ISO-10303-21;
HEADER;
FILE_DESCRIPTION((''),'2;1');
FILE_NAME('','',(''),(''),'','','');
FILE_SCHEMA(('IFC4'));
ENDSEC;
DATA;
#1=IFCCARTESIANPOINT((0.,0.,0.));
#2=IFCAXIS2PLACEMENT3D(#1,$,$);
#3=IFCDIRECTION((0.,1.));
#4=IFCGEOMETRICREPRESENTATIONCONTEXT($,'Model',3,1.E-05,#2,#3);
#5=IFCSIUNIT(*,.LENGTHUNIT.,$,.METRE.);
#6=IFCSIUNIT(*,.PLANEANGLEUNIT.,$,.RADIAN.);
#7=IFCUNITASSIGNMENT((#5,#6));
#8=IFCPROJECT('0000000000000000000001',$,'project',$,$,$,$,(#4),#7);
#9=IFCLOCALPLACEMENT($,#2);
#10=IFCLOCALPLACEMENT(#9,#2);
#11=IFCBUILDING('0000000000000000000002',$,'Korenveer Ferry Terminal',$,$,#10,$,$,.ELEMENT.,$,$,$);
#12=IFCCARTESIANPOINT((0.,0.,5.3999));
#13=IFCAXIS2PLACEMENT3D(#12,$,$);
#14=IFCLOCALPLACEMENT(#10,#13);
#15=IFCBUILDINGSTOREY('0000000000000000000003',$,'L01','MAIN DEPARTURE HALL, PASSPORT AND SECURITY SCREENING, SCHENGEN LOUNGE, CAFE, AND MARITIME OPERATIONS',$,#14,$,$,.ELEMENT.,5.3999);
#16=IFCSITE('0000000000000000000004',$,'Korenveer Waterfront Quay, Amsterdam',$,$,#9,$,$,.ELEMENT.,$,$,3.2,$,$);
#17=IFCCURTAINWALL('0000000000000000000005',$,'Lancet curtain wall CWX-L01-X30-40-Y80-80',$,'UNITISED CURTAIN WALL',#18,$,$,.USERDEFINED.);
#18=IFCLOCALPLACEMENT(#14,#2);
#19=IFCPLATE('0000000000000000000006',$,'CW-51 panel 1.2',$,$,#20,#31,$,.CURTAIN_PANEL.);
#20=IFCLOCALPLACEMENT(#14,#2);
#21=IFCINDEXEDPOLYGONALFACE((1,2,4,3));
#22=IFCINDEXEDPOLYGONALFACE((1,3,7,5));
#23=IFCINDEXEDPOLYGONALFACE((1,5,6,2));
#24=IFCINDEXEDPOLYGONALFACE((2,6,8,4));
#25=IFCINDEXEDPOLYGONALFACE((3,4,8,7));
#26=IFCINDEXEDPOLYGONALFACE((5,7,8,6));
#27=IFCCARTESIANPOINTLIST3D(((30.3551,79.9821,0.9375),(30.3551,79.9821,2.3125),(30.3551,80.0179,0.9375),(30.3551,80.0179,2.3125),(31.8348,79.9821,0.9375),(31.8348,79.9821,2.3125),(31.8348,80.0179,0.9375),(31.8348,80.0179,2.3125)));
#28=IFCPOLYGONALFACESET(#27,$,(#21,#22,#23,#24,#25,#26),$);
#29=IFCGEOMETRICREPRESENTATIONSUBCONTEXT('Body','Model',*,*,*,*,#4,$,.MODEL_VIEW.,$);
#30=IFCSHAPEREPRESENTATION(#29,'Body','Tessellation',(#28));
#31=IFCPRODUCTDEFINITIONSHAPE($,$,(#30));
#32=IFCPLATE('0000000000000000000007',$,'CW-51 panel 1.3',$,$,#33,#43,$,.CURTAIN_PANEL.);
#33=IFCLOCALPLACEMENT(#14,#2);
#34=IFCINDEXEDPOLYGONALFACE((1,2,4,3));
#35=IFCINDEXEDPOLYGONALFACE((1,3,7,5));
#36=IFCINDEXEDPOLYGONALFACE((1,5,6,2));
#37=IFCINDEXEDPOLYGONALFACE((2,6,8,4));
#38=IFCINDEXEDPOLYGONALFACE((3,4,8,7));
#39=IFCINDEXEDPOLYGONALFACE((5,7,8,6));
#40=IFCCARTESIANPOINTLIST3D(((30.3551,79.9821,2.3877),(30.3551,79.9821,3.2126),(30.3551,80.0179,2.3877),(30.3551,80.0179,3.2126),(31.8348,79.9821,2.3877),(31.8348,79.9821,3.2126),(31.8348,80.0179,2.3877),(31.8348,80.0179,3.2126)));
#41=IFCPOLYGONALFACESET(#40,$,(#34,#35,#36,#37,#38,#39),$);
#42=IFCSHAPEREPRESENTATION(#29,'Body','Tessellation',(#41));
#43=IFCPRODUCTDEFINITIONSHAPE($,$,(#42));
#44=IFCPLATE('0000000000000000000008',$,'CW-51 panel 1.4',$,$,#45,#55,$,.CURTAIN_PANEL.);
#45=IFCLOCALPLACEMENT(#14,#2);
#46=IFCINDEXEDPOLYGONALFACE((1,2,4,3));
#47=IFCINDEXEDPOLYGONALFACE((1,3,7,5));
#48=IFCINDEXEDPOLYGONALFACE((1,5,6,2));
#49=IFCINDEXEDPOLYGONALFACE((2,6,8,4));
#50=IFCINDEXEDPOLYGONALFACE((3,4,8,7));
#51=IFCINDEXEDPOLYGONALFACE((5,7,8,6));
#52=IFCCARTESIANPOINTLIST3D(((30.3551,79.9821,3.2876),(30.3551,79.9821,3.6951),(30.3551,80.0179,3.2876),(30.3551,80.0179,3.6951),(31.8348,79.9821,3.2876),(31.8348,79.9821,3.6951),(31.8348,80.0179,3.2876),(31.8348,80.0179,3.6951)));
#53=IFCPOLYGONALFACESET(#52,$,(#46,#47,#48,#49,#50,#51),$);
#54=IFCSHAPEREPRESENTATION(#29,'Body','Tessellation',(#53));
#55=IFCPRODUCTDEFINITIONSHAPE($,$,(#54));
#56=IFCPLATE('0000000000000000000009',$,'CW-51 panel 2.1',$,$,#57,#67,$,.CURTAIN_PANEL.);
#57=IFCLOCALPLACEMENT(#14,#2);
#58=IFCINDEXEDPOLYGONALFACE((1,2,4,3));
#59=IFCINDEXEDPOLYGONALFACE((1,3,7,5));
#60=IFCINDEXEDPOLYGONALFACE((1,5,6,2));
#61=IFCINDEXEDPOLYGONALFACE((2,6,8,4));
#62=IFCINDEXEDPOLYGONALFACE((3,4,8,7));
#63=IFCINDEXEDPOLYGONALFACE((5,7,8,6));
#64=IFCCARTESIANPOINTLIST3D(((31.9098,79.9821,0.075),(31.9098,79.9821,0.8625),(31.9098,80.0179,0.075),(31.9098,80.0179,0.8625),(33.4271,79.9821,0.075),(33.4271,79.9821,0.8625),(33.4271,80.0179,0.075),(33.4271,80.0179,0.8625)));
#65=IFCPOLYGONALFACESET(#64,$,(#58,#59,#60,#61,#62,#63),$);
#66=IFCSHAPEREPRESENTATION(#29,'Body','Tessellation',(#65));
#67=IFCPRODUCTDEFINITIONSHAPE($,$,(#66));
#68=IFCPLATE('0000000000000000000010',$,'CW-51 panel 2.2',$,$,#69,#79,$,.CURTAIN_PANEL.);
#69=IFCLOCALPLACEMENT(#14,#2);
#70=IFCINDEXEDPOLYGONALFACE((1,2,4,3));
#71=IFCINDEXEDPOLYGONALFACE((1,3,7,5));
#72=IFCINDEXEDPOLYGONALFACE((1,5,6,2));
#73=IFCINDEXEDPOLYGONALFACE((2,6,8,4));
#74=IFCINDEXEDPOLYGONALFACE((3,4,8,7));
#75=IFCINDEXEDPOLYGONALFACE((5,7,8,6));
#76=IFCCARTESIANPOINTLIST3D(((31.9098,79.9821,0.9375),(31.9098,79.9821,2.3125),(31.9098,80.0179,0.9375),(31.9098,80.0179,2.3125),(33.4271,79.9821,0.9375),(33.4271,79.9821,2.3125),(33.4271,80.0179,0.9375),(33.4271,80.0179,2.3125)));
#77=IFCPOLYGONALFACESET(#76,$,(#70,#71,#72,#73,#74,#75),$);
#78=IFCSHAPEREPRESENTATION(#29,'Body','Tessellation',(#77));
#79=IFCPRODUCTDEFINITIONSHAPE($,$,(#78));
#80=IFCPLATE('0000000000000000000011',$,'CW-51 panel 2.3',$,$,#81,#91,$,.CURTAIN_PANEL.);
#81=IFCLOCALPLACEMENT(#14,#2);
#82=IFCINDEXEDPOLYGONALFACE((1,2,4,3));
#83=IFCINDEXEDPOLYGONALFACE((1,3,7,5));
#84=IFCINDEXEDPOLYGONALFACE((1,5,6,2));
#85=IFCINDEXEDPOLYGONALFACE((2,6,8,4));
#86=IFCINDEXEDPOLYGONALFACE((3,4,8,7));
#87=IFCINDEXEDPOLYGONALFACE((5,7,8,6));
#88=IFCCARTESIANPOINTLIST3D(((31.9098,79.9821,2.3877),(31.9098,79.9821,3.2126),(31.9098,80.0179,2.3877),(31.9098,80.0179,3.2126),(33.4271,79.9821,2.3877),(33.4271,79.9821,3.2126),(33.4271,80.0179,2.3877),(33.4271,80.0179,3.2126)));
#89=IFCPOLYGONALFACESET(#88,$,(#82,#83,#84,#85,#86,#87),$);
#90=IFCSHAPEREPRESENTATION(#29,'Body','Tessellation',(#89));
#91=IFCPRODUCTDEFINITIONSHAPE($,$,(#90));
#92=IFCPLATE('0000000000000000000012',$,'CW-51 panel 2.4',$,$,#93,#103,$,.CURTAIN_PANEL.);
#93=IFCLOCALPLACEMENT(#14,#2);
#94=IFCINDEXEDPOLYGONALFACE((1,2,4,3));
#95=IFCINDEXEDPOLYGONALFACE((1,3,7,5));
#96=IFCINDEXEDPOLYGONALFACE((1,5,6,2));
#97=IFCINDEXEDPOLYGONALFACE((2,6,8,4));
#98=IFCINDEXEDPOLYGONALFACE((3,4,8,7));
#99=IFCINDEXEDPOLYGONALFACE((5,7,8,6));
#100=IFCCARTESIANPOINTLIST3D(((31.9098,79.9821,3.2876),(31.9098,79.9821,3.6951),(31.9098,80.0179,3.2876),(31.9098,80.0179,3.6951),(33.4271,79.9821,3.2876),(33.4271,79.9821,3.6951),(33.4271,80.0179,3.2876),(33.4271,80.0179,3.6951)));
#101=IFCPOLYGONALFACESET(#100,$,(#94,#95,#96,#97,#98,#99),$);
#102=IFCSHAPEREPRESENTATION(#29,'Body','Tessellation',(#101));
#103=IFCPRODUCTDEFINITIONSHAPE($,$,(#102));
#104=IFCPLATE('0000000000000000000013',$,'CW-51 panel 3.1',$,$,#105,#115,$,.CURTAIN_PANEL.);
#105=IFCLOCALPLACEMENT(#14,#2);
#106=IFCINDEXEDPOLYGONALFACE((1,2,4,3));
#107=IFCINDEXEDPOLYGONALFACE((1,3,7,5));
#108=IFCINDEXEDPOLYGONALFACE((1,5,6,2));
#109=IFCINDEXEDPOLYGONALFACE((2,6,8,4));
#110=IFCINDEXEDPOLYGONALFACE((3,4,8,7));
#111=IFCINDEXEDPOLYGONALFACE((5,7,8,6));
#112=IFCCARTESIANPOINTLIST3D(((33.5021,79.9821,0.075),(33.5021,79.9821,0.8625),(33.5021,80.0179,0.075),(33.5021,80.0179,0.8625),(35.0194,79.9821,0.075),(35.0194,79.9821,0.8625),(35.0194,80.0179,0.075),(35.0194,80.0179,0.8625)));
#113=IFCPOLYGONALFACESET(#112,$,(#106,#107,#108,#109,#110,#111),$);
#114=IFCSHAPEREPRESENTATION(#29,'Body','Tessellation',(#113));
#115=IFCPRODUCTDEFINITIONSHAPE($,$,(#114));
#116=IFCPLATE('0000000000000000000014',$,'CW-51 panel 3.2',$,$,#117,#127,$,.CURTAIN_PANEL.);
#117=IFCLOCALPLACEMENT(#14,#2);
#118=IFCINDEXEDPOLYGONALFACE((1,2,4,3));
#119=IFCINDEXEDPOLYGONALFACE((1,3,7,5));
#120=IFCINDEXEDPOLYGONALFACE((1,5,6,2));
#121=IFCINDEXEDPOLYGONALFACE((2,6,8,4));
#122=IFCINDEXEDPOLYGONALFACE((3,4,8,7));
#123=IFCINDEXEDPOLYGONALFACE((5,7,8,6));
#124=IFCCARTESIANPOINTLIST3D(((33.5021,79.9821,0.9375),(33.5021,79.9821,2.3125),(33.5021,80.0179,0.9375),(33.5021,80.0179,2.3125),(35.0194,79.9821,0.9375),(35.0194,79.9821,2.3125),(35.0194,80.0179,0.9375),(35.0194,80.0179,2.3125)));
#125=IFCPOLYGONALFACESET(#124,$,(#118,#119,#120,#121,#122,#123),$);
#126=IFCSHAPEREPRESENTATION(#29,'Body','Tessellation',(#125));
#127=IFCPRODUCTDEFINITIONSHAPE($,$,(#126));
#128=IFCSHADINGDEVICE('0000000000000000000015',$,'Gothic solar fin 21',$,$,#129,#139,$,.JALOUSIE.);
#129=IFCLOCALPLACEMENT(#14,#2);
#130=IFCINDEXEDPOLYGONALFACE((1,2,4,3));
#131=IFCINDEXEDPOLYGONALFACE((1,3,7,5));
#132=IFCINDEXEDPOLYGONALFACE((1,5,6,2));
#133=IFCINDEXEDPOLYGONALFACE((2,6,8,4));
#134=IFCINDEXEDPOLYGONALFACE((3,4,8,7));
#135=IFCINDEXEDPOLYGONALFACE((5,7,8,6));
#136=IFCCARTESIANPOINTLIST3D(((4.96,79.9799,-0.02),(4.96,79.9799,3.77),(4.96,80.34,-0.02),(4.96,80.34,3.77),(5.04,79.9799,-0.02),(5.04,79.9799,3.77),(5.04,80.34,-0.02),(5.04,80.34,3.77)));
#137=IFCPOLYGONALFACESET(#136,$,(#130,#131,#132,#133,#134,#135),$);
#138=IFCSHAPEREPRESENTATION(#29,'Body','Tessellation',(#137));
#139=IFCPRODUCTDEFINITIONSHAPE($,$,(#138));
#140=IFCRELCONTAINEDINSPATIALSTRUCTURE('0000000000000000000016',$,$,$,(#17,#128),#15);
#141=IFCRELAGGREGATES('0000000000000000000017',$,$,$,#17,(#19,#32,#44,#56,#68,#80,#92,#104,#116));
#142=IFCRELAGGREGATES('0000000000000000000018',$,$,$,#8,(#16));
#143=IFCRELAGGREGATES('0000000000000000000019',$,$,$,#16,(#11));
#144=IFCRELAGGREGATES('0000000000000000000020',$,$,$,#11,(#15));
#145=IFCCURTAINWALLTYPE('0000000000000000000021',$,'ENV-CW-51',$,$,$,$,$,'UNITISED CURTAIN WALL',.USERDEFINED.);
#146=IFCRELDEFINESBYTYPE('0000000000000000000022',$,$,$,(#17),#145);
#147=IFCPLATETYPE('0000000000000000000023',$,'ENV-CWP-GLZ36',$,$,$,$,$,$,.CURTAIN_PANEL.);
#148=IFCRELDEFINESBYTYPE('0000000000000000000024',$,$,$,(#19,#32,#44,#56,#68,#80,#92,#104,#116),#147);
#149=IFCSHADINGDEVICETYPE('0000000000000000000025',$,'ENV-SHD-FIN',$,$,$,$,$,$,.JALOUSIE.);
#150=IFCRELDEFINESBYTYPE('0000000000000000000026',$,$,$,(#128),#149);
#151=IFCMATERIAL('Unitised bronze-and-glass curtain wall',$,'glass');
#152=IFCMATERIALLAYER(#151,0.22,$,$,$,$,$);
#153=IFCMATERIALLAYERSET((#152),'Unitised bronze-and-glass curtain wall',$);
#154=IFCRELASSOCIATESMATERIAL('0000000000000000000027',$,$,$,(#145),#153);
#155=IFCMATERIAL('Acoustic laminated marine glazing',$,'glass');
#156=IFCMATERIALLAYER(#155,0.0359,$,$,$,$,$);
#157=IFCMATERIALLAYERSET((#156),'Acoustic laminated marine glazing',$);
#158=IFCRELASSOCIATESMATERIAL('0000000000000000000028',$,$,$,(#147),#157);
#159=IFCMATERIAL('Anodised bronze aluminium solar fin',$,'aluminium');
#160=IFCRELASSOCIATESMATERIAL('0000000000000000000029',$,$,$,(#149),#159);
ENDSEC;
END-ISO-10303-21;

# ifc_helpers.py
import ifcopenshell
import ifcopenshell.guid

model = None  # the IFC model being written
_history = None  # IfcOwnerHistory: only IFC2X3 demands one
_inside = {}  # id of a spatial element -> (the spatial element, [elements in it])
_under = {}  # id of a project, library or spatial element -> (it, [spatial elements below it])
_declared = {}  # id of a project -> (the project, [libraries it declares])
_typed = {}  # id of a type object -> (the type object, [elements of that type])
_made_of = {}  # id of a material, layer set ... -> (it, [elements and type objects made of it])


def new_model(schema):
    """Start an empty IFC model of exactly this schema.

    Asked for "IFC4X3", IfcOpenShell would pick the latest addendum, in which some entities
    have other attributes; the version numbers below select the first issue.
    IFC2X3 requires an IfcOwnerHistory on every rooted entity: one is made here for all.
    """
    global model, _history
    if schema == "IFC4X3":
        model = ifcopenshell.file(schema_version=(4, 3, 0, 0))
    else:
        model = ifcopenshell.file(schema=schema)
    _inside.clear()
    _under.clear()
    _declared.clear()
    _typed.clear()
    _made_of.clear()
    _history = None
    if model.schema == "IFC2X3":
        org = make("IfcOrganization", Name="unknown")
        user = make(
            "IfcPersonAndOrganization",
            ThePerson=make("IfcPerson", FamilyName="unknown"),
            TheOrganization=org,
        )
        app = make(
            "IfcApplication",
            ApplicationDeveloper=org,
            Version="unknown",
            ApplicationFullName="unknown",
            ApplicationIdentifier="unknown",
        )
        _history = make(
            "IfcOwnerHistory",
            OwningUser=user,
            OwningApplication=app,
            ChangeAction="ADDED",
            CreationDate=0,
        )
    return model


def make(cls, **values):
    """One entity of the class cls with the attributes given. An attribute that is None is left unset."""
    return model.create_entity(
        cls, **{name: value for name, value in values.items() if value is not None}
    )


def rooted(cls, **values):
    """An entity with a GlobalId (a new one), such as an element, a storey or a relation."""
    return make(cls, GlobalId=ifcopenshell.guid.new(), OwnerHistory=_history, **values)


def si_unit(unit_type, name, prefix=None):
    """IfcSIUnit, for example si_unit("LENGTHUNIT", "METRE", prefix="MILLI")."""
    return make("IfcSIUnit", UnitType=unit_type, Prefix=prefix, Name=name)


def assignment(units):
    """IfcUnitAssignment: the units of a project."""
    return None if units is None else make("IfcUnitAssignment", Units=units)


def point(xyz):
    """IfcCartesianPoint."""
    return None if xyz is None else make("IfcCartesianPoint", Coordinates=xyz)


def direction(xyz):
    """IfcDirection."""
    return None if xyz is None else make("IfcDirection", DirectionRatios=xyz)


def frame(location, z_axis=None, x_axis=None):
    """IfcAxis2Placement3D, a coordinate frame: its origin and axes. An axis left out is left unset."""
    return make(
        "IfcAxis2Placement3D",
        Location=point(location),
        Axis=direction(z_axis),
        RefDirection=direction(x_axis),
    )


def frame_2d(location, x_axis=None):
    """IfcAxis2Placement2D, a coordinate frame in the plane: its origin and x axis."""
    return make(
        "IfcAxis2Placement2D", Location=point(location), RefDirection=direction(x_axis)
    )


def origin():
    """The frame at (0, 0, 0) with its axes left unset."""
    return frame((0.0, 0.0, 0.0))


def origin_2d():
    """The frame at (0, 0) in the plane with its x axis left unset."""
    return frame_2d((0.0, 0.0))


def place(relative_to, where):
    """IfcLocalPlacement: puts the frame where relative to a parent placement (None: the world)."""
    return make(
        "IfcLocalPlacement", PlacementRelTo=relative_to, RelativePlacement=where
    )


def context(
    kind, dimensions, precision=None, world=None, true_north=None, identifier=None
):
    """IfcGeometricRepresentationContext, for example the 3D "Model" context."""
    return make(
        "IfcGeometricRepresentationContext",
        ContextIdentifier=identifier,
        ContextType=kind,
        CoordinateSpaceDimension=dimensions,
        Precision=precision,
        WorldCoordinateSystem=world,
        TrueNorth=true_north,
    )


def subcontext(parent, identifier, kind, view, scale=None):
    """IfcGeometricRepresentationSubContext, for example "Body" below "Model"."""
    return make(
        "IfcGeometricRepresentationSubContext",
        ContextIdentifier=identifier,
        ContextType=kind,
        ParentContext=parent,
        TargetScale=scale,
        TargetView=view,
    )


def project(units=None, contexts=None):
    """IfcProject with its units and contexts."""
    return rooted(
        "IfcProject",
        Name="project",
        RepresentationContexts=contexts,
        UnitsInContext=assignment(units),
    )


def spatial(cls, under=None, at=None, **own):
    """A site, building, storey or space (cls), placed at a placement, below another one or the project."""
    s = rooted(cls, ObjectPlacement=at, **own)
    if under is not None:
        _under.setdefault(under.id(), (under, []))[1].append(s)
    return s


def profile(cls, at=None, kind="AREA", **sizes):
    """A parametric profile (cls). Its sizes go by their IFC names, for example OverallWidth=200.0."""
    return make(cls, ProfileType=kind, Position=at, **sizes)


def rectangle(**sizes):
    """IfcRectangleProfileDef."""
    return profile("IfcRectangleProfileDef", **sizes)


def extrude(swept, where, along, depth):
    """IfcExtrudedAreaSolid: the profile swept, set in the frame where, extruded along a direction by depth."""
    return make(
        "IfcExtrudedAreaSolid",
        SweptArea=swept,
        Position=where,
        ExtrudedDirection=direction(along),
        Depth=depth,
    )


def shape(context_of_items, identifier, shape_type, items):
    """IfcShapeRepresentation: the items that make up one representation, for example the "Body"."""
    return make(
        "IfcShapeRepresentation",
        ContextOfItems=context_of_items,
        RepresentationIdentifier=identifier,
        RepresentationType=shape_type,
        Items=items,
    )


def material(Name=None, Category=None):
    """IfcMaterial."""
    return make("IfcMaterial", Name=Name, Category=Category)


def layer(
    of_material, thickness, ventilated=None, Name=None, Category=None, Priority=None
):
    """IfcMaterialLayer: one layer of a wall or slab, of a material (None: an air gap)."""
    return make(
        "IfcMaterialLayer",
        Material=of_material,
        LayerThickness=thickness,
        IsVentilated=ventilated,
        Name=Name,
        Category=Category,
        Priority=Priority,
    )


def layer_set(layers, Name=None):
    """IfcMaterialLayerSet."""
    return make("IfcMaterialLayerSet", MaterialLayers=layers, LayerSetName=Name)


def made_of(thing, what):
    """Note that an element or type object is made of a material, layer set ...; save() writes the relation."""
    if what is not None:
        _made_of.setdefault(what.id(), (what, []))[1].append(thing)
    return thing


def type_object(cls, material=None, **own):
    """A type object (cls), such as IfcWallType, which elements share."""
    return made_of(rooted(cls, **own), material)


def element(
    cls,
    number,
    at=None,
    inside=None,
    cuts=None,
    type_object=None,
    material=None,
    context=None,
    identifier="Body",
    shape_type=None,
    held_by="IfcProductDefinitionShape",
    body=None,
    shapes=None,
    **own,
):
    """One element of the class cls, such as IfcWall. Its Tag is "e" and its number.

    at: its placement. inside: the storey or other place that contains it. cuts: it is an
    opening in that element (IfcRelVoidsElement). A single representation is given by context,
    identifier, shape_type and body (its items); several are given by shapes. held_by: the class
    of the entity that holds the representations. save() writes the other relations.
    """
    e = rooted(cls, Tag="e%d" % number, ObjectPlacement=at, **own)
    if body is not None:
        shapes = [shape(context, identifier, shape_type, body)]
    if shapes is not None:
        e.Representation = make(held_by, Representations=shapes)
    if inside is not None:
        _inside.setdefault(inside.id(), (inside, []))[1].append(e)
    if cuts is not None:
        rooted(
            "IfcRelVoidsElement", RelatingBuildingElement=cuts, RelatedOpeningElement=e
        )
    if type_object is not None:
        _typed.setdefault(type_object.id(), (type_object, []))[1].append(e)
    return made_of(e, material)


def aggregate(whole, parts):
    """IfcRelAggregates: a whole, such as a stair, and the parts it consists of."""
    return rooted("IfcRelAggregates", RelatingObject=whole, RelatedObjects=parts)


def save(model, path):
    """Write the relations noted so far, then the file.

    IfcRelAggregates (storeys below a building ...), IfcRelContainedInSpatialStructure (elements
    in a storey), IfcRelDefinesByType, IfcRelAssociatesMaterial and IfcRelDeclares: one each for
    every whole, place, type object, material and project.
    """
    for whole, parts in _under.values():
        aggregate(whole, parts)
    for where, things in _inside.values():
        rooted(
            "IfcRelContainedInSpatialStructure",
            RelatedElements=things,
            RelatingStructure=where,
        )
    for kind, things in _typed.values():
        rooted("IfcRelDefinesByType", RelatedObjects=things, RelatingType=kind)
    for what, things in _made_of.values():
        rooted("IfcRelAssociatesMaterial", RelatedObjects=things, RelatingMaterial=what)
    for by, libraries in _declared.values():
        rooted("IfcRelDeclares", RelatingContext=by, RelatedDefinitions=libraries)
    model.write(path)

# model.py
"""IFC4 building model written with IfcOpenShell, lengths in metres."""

from ifc_helpers import new_model, si_unit, direction, frame, origin, origin_2d, place, context, subcontext, project, spatial, rectangle, extrude, material, layer, layer_set, type_object, element, aggregate, save


model = new_model("IFC4")

# Units and contexts
model_context = context("Model", 3, precision=1e-05, world=origin(), true_north=direction((0.0, 1.0)))
body_context = subcontext(model_context, "Body", "Model", "MODEL_VIEW")
ifc_project = project(units=[si_unit("LENGTHUNIT", "METRE"), si_unit("PLANEANGLEUNIT", "RADIAN")], contexts=[model_context])

# Site, building, storey
site_placement = place(None, origin())
site = spatial("IfcSite", under=ifc_project, at=site_placement, Name="Korenveer Waterfront Quay, Amsterdam", CompositionType="ELEMENT", RefElevation=3.2)
building_placement = place(site_placement, origin())
building = spatial("IfcBuilding", under=site, at=building_placement, Name="Korenveer Ferry Terminal", CompositionType="ELEMENT")
storey_placement = place(building_placement, frame((0.0, 0.0, 5.3999)))
storey = spatial("IfcBuildingStorey", under=building, at=storey_placement, Name="L01", Description="MAIN DEPARTURE HALL, PASSPORT AND SECURITY SCREENING, SCHENGEN LOUNGE, CAFE, AND MARITIME OPERATIONS", CompositionType="ELEMENT", Elevation=5.3999)

# Shared definitions
ifc_material_1 = material(Name="Unitised bronze-and-glass curtain wall", Category="glass")

# Curtain wall
ifc_layer_1 = layer(ifc_material_1, 0.22)
ifc_layer_set_1 = layer_set([ifc_layer_1], Name="Unitised bronze-and-glass curtain wall")
curtain_wall_type_1 = type_object("IfcCurtainWallType", Name="ENV-CW-51", ElementType="UNITISED CURTAIN WALL", PredefinedType="USERDEFINED", material=ifc_layer_set_1)
curtain_wall_1_placement = place(storey_placement, frame((30.28, 80.0, 0.0)))
curtain_wall_1 = element("IfcCurtainWall", 1, at=curtain_wall_1_placement, inside=storey, type_object=curtain_wall_type_1, Name="Lancet curtain wall CWX-L01-X30-40-Y80-80", ObjectType="UNITISED CURTAIN WALL", PredefinedType="USERDEFINED")

# Plates
ifc_material_2 = material(Name="Acoustic laminated marine glazing", Category="glass")
ifc_layer_2 = layer(ifc_material_2, 0.0359)
ifc_layer_set_2 = layer_set([ifc_layer_2], Name="Acoustic laminated marine glazing")
plate_type = type_object("IfcPlateType", Name="ENV-CWP-GLZ36", PredefinedType="CURTAIN_PANEL", material=ifc_layer_set_2)
plate_1_placement = place(storey_placement, frame((31.095, 80.0, 0.9375), z_axis=(0.0, 0.0, 1.0), x_axis=(1.0, 0.0, 0.0)))
plate_1 = element("IfcPlate", 2, at=plate_1_placement, type_object=plate_type, Name="CW-51 panel 1.2", PredefinedType="CURTAIN_PANEL", context=body_context, shape_type="SweptSolid", body=[
    extrude(rectangle(XDim=1.4797, YDim=0.0359, at=origin_2d()), origin(), (0.0, 0.0, 1.0), 1.375),
])
plate_2_placement = place(storey_placement, frame((31.095, 80.0, 2.3877), z_axis=(0.0, 0.0, 1.0), x_axis=(1.0, 0.0, 0.0)))
plate_2 = element("IfcPlate", 3, at=plate_2_placement, type_object=plate_type, Name="CW-51 panel 1.3", PredefinedType="CURTAIN_PANEL", context=body_context, shape_type="SweptSolid", body=[
    extrude(rectangle(XDim=1.4797, YDim=0.0359, at=origin_2d()), origin(), (0.0, 0.0, 1.0), 0.825),
])
plate_3_placement = place(storey_placement, frame((31.095, 80.0, 3.2876), z_axis=(0.0, 0.0, 1.0), x_axis=(1.0, 0.0, 0.0)))
plate_3 = element("IfcPlate", 4, at=plate_3_placement, type_object=plate_type, Name="CW-51 panel 1.4", PredefinedType="CURTAIN_PANEL", context=body_context, shape_type="SweptSolid", body=[
    extrude(rectangle(XDim=1.4797, YDim=0.0359, at=origin_2d()), origin(), (0.0, 0.0, 1.0), 0.4075),
])
plate_4_placement = place(storey_placement, frame((32.6685, 80.0, 0.075), z_axis=(0.0, 0.0, 1.0), x_axis=(1.0, 0.0, 0.0)))
plate_4 = element("IfcPlate", 5, at=plate_4_placement, type_object=plate_type, Name="CW-51 panel 2.1", PredefinedType="CURTAIN_PANEL", context=body_context, shape_type="SweptSolid", body=[
    extrude(rectangle(XDim=1.5173, YDim=0.0359, at=origin_2d()), origin(), (0.0, 0.0, 1.0), 0.7876),
])
plate_5_placement = place(storey_placement, frame((32.6685, 80.0, 0.9375), z_axis=(0.0, 0.0, 1.0), x_axis=(1.0, 0.0, 0.0)))
plate_5 = element("IfcPlate", 6, at=plate_5_placement, type_object=plate_type, Name="CW-51 panel 2.2", PredefinedType="CURTAIN_PANEL", context=body_context, shape_type="SweptSolid", body=[
    extrude(rectangle(XDim=1.5173, YDim=0.0359, at=origin_2d()), origin(), (0.0, 0.0, 1.0), 1.375),
])
plate_6_placement = place(storey_placement, frame((32.6685, 80.0, 2.3877), z_axis=(0.0, 0.0, 1.0), x_axis=(1.0, 0.0, 0.0)))
plate_6 = element("IfcPlate", 7, at=plate_6_placement, type_object=plate_type, Name="CW-51 panel 2.3", PredefinedType="CURTAIN_PANEL", context=body_context, shape_type="SweptSolid", body=[
    extrude(rectangle(XDim=1.5173, YDim=0.0359, at=origin_2d()), origin(), (0.0, 0.0, 1.0), 0.825),
])
plate_7_placement = place(storey_placement, frame((32.6685, 80.0, 3.2876), z_axis=(0.0, 0.0, 1.0), x_axis=(1.0, 0.0, 0.0)))
plate_7 = element("IfcPlate", 8, at=plate_7_placement, type_object=plate_type, Name="CW-51 panel 2.4", PredefinedType="CURTAIN_PANEL", context=body_context, shape_type="SweptSolid", body=[
    extrude(rectangle(XDim=1.5173, YDim=0.0359, at=origin_2d()), origin(), (0.0, 0.0, 1.0), 0.4075),
])
plate_8_placement = place(storey_placement, frame((34.2607, 80.0, 0.075), z_axis=(0.0, 0.0, 1.0), x_axis=(1.0, 0.0, 0.0)))
plate_8 = element("IfcPlate", 9, at=plate_8_placement, type_object=plate_type, Name="CW-51 panel 3.1", PredefinedType="CURTAIN_PANEL", context=body_context, shape_type="SweptSolid", body=[
    extrude(rectangle(XDim=1.5173, YDim=0.0359, at=origin_2d()), origin(), (0.0, 0.0, 1.0), 0.7876),
])
plate_9_placement = place(storey_placement, frame((34.2607, 80.0, 0.9375), z_axis=(0.0, 0.0, 1.0), x_axis=(1.0, 0.0, 0.0)))
plate_9 = element("IfcPlate", 10, at=plate_9_placement, type_object=plate_type, Name="CW-51 panel 3.2", PredefinedType="CURTAIN_PANEL", context=body_context, shape_type="SweptSolid", body=[
    extrude(rectangle(XDim=1.5173, YDim=0.0359, at=origin_2d()), origin(), (0.0, 0.0, 1.0), 1.375),
])
aggregate(curtain_wall_1, [plate_1, plate_2, plate_3, plate_4, plate_5, plate_6, plate_7, plate_8, plate_9])

# Shading device
ifc_material_3 = material(Name="Anodised bronze aluminium solar fin", Category="aluminium")
shading_device_type = type_object("IfcShadingDeviceType", Name="ENV-SHD-FIN", PredefinedType="JALOUSIE", material=ifc_material_3)
shading_device_placement = place(storey_placement, frame((5.0, 80.1599, -0.02), z_axis=(0.0, 0.0, 1.0), x_axis=(0.0, 1.0, 0.0)))
element("IfcShadingDevice", 11, at=shading_device_placement, inside=storey, type_object=shading_device_type, Name="Gothic solar fin 21", PredefinedType="JALOUSIE", context=body_context, shape_type="SweptSolid", body=[
    extrude(rectangle(XDim=0.3601, YDim=0.0801, at=origin_2d()), origin(), (0.0, 0.0, 1.0), 3.79),
])

save(model, "model.ifc")
